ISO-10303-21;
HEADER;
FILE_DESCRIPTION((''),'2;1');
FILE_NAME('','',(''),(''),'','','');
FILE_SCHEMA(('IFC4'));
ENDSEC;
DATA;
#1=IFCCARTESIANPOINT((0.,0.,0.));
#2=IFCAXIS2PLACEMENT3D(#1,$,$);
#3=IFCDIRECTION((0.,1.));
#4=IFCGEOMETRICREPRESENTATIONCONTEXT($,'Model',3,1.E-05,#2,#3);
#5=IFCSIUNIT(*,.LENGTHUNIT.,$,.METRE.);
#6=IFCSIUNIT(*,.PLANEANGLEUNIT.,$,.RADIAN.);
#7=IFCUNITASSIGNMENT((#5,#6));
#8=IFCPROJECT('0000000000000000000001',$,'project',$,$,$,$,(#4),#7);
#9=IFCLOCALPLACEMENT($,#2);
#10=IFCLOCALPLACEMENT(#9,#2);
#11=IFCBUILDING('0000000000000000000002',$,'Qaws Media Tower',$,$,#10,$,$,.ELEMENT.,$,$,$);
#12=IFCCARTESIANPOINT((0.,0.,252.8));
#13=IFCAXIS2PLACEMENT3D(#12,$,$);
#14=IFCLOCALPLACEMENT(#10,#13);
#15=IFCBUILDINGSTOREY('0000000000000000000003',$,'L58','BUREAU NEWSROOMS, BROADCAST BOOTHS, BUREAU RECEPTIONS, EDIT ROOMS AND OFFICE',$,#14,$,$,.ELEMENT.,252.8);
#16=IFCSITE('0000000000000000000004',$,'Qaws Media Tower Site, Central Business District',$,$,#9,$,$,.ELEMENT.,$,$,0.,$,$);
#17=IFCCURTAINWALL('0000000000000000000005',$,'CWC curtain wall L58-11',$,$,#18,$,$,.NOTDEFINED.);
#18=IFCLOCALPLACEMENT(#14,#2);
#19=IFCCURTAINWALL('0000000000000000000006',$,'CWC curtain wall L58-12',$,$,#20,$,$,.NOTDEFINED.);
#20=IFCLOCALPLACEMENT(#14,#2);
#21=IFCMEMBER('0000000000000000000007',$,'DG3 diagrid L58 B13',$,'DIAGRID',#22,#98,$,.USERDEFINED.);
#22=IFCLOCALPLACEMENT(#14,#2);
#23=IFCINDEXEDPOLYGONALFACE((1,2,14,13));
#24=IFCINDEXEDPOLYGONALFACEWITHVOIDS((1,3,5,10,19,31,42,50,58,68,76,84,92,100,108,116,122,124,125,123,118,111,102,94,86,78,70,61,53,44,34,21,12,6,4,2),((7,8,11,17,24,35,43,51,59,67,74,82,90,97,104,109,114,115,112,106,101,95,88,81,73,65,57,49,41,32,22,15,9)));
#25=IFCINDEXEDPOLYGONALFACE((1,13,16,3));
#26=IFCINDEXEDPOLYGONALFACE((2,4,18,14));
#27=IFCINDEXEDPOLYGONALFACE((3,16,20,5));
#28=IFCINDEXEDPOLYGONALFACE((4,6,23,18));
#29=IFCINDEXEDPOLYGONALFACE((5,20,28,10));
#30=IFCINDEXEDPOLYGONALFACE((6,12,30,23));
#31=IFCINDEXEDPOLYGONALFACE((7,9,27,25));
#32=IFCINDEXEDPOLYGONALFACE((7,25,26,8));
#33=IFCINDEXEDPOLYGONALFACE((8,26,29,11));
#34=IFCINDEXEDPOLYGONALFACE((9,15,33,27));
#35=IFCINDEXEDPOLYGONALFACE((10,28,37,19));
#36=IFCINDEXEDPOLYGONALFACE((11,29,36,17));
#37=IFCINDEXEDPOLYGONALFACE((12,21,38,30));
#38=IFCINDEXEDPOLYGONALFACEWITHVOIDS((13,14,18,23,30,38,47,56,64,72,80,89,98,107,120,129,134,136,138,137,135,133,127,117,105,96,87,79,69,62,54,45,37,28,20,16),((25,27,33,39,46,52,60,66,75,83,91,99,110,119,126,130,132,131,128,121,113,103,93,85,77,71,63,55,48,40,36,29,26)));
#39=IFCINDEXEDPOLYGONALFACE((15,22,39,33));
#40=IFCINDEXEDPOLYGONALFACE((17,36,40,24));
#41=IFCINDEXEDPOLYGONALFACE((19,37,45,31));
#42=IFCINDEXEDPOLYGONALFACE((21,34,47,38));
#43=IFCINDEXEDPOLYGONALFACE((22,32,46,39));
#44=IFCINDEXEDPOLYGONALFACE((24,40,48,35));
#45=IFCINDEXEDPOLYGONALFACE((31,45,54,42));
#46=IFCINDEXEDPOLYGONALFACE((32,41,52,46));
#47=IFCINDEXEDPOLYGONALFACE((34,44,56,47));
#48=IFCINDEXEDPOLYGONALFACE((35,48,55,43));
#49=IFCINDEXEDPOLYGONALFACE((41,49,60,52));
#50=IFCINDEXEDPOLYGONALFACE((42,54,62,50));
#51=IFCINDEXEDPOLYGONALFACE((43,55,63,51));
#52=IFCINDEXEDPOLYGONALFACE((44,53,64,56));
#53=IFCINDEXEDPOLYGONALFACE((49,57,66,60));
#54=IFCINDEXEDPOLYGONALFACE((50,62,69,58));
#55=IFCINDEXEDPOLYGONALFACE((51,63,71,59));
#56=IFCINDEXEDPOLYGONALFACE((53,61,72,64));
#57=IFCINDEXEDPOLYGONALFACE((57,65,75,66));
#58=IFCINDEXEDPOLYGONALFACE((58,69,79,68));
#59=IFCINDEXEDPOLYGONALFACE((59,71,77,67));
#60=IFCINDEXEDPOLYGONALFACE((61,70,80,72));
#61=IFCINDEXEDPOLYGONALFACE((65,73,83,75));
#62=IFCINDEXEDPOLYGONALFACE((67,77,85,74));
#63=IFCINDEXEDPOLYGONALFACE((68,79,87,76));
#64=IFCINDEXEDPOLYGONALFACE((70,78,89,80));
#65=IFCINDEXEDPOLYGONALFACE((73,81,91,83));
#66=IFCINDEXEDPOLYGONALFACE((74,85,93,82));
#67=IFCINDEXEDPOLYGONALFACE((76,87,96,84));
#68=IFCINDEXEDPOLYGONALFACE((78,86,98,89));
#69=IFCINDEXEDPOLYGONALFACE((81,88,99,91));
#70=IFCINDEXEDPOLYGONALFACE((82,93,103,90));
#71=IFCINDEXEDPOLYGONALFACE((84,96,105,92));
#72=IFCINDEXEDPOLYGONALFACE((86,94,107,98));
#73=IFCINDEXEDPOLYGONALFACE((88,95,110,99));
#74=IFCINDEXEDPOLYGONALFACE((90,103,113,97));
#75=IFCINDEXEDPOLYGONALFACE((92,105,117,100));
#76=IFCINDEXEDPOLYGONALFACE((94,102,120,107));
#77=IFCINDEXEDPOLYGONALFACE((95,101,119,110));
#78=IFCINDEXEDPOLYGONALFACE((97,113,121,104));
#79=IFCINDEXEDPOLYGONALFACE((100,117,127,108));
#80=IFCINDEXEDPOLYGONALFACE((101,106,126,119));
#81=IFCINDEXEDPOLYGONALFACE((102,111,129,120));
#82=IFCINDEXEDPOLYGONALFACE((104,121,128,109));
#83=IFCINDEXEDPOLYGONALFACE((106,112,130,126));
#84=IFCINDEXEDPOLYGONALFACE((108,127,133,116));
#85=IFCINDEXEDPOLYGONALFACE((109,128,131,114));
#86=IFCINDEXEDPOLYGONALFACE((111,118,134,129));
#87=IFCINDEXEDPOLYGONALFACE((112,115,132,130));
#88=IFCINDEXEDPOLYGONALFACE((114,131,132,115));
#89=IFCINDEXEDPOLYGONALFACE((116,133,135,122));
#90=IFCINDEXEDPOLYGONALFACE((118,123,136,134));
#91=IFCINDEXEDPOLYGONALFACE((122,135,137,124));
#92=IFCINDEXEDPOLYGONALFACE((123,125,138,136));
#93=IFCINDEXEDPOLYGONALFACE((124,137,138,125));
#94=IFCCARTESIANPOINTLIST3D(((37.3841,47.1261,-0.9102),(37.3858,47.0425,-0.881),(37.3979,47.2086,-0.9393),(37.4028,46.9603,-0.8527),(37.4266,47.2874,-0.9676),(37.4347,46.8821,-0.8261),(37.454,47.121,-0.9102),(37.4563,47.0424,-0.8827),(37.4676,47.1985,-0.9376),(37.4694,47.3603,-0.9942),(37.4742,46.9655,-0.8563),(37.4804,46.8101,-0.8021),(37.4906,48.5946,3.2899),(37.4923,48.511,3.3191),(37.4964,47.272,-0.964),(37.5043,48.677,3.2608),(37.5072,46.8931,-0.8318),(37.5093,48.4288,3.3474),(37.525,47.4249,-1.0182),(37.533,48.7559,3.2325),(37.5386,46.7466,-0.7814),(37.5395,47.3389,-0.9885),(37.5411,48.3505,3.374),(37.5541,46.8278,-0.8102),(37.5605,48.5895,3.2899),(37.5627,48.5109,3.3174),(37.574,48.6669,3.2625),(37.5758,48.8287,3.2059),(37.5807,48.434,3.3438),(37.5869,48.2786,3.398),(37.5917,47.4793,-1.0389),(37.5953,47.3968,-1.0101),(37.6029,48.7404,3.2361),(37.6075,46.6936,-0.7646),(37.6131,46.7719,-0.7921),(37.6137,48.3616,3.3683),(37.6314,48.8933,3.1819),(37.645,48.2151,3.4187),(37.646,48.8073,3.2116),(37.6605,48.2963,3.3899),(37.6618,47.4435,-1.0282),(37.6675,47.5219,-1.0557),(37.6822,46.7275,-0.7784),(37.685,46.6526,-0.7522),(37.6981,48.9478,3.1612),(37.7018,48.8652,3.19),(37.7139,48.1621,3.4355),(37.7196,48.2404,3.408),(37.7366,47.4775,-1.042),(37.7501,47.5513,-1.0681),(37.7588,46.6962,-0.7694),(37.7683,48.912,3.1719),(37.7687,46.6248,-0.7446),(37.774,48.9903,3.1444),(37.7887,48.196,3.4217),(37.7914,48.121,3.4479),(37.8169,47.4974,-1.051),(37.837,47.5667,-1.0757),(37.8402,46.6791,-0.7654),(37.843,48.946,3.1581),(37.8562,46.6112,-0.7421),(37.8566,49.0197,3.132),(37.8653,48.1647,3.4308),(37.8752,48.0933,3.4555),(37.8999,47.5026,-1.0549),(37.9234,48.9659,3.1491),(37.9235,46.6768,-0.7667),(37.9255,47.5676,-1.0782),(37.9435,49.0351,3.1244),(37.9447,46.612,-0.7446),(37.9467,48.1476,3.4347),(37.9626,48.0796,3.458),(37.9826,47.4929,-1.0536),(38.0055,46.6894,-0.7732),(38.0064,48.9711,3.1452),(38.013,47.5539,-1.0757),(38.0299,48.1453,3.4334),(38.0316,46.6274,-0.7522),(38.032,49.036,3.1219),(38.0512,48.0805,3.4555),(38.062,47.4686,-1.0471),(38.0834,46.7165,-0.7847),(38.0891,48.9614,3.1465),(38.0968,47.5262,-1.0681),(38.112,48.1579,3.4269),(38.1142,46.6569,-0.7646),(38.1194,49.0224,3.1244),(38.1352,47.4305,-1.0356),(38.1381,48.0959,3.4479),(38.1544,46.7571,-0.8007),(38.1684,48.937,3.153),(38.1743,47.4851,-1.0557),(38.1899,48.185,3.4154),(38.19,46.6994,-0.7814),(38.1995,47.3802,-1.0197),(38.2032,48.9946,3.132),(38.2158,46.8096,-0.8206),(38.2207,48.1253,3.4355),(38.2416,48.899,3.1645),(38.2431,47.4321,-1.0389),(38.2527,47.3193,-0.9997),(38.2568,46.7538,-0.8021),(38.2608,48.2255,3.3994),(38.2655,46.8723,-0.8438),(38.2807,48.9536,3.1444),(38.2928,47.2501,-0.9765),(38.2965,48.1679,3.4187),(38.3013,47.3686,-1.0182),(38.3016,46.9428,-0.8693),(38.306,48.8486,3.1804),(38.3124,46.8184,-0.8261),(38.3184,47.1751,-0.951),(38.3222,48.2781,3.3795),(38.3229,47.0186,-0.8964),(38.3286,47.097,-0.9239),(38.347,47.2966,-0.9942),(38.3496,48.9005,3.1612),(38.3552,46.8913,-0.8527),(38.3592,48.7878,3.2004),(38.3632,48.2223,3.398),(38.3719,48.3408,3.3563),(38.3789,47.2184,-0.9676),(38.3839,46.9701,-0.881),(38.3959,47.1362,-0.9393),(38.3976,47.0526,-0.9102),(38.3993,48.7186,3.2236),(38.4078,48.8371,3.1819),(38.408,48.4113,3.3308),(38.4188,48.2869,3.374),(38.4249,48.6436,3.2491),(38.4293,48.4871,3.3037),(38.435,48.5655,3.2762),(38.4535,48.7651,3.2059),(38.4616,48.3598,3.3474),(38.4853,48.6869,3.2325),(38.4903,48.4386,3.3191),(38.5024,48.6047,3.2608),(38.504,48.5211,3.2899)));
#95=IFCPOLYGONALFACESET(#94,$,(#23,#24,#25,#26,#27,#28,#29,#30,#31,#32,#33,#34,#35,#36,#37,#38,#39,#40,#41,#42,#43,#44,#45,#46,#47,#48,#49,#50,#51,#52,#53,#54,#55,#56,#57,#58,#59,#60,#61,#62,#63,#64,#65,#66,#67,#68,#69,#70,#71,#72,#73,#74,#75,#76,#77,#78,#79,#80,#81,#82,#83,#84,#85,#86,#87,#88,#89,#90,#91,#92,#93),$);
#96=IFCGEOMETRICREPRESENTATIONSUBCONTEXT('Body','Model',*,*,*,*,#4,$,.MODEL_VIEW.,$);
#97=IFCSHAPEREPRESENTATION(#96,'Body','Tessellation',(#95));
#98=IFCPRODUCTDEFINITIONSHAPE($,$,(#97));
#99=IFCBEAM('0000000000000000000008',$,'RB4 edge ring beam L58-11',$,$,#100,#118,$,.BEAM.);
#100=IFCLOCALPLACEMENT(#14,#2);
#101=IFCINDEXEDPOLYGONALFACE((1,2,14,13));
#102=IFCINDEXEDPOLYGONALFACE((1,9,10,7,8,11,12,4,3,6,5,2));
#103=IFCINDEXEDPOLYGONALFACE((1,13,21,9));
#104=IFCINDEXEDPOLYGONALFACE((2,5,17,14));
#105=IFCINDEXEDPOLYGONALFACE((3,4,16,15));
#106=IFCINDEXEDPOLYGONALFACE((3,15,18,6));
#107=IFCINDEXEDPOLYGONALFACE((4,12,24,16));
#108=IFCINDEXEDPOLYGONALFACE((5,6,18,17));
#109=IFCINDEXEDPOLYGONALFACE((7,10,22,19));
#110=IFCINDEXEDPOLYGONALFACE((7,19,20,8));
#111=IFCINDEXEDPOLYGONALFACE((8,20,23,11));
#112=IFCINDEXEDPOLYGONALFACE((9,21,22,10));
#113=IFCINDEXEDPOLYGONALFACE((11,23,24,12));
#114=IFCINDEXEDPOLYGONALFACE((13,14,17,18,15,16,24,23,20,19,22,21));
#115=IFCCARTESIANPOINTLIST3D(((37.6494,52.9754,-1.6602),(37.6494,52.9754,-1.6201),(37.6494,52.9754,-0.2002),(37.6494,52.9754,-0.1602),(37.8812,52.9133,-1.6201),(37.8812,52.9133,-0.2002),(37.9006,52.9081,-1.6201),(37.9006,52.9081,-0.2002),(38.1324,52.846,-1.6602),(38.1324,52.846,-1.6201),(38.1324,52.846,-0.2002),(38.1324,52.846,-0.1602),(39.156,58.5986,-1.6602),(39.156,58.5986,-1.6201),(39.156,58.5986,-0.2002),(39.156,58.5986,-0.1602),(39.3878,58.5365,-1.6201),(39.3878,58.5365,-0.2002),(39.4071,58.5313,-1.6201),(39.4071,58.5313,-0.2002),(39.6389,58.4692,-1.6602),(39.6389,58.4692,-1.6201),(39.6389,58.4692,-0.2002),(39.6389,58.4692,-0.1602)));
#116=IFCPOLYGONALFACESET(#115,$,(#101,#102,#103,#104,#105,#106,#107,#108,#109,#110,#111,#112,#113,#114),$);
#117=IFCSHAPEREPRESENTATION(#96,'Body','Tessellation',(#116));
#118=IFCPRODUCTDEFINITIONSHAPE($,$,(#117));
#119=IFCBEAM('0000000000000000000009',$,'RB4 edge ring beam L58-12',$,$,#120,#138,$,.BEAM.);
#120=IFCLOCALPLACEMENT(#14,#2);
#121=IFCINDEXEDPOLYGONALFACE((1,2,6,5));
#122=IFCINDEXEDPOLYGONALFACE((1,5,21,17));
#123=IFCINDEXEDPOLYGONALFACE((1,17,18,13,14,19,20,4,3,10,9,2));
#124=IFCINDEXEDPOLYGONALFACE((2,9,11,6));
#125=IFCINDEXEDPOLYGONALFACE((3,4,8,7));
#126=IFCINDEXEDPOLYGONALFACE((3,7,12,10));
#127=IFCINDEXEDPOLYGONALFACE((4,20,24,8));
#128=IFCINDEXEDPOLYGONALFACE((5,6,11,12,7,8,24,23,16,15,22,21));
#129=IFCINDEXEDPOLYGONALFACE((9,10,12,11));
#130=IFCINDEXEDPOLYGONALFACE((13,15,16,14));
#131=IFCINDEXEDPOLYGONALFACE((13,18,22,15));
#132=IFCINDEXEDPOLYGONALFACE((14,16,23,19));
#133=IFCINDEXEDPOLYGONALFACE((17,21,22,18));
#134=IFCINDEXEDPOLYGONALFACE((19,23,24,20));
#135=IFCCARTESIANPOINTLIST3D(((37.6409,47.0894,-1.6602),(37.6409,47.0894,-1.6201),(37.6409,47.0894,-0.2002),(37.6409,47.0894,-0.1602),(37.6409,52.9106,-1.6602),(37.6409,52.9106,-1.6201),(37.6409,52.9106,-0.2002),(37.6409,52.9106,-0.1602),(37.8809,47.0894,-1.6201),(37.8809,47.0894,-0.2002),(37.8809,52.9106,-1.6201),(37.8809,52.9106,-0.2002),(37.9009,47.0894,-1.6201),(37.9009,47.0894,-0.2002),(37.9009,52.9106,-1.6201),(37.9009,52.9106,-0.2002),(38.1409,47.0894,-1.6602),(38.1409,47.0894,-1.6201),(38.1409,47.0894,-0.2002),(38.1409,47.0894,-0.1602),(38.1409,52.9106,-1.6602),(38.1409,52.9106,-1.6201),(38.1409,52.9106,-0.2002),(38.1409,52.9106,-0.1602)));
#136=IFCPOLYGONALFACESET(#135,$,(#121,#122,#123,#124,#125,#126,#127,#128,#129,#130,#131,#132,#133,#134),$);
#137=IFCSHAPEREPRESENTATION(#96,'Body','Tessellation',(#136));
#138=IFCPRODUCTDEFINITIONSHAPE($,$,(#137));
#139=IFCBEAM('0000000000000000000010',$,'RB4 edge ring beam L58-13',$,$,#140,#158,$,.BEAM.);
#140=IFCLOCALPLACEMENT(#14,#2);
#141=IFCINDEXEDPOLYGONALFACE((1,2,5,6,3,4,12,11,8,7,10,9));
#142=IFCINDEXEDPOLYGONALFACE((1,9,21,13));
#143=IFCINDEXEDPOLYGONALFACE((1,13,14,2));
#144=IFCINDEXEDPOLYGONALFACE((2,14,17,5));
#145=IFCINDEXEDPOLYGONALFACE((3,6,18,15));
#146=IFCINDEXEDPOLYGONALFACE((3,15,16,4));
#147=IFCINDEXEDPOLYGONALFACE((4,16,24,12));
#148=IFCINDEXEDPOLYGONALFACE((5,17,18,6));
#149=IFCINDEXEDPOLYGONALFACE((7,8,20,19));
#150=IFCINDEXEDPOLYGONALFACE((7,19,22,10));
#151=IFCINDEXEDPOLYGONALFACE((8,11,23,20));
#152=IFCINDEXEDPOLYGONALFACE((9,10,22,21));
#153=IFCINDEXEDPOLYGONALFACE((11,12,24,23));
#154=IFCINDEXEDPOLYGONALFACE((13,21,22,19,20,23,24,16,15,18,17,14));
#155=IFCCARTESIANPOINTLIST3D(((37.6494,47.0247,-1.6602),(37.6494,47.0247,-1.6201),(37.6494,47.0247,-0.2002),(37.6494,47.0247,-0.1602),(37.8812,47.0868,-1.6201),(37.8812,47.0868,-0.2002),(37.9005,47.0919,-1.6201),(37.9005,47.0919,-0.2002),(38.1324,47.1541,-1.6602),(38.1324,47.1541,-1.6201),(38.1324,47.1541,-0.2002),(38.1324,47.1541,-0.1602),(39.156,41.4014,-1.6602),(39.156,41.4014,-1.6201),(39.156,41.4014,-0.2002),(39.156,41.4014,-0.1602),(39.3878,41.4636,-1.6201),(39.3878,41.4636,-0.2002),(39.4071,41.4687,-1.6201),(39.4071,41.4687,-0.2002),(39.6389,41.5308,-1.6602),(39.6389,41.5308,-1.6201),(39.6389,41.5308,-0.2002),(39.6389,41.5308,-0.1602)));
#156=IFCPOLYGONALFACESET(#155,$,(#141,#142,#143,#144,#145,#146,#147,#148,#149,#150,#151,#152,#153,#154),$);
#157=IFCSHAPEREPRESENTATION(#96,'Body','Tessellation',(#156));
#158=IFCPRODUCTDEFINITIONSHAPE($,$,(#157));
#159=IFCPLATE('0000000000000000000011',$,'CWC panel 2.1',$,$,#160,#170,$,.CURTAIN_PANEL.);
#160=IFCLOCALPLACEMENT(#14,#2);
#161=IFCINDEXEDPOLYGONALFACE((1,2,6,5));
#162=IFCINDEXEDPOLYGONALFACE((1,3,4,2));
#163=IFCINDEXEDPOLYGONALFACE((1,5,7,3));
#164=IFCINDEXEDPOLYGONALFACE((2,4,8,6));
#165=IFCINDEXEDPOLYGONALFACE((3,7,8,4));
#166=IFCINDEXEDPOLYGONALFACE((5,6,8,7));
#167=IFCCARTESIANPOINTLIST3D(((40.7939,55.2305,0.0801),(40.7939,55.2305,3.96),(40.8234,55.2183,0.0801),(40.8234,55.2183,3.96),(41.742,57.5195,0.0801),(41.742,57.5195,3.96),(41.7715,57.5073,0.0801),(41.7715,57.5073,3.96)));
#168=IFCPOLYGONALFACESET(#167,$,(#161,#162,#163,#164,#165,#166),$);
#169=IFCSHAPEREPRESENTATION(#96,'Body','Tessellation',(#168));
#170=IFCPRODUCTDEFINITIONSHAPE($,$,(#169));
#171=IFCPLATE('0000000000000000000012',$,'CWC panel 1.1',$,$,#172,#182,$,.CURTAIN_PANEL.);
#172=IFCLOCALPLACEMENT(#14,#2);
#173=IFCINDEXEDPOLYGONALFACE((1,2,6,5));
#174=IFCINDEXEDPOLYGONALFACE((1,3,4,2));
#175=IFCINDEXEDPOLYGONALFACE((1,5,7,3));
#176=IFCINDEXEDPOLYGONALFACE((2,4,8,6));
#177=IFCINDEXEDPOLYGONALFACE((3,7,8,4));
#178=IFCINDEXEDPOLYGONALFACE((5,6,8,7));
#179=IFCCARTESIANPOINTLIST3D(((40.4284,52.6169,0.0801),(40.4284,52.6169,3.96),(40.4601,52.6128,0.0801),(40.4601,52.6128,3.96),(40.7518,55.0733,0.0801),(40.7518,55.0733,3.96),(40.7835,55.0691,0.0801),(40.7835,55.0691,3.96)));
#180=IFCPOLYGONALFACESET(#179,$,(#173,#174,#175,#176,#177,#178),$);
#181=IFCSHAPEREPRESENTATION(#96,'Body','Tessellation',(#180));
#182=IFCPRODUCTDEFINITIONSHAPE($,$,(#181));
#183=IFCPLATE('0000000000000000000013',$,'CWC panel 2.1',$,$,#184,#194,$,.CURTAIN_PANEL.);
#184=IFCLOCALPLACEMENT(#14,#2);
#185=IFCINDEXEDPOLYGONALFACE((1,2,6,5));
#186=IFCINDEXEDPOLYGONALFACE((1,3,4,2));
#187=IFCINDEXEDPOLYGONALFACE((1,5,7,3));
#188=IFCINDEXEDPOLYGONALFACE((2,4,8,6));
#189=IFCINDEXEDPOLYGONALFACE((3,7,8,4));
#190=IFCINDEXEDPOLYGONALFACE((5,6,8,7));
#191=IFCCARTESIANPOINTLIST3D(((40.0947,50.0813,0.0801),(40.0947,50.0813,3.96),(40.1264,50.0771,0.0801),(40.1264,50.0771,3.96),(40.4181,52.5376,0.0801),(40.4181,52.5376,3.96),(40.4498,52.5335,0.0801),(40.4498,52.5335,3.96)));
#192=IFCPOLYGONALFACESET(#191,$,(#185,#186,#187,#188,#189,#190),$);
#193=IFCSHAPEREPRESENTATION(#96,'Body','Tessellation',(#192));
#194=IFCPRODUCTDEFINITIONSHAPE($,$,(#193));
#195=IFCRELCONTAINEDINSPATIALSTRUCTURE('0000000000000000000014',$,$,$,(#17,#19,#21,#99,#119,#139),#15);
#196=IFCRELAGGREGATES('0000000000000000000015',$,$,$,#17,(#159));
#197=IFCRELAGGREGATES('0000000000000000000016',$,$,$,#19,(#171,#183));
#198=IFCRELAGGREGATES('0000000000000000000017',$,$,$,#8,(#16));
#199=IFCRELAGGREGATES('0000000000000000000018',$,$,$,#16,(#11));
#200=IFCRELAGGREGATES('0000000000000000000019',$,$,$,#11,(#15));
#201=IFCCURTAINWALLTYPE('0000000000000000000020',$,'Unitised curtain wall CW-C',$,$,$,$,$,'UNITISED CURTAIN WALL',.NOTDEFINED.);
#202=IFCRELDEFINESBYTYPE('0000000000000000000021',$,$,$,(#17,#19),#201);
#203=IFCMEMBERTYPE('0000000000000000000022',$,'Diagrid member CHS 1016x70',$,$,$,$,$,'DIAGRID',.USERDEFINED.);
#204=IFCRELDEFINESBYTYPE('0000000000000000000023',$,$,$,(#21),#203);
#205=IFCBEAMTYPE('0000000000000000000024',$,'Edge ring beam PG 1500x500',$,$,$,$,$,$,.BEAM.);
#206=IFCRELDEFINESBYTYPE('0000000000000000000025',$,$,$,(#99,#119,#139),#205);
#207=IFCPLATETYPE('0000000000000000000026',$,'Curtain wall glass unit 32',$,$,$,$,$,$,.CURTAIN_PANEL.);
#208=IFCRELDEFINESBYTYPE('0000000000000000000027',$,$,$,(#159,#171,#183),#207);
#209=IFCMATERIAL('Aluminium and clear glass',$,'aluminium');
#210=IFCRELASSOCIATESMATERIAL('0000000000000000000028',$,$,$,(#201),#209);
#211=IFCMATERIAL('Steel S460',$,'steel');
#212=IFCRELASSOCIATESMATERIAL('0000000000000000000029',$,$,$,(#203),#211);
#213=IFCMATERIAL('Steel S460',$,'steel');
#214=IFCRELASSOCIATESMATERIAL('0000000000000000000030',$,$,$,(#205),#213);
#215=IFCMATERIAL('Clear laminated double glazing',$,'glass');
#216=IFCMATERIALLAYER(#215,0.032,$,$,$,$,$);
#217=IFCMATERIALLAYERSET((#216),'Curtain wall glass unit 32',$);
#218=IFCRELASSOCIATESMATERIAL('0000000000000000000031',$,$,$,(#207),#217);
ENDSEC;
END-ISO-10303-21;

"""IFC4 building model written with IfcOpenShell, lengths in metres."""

from ifc_helpers import new_model, si_unit, direction, frame, origin, origin_2d, place, context, subcontext, project, spatial, rectangle, hollow_circle, i_section, extrude, material, layer, layer_set, material_profile, profile_set, type_object, element, aggregate, save


model = new_model("IFC4")

# Units and contexts
model_context = context("Model", 3, precision=1e-05, world=origin(), true_north=direction((0.0, 1.0)))
body_context = subcontext(model_context, "Body", "Model", "MODEL_VIEW")
ifc_project = project(units=[si_unit("LENGTHUNIT", "METRE"), si_unit("PLANEANGLEUNIT", "RADIAN")], contexts=[model_context])

# Site, building, storey
site_placement = place(None, origin())
site = spatial("IfcSite", under=ifc_project, at=site_placement, Name="Qaws Media Tower Site, Central Business District", CompositionType="ELEMENT", RefElevation=0.0)
building_placement = place(site_placement, origin())
building = spatial("IfcBuilding", under=site, at=building_placement, Name="Qaws Media Tower", CompositionType="ELEMENT")
storey_placement = place(building_placement, frame((0.0, 0.0, 252.8)))
storey = spatial("IfcBuildingStorey", under=building, at=storey_placement, Name="L58", Description="BUREAU NEWSROOMS, BROADCAST BOOTHS, BUREAU RECEPTIONS, EDIT ROOMS AND OFFICE", CompositionType="ELEMENT", Elevation=252.8)

# Curtain walls
ifc_material_1 = material(Name="Aluminium and clear glass", Category="aluminium")
curtain_wall_type = type_object("IfcCurtainWallType", Name="Unitised curtain wall CW-C", ElementType="UNITISED CURTAIN WALL", PredefinedType="NOTDEFINED", material=ifc_material_1)
curtain_wall_1_placement = place(storey_placement, origin())
curtain_wall_1 = element("IfcCurtainWall", 1, at=curtain_wall_1_placement, inside=storey, type_object=curtain_wall_type, Name="CWC curtain wall L58-11", PredefinedType="NOTDEFINED")
curtain_wall_2_placement = place(storey_placement, origin())
curtain_wall_2 = element("IfcCurtainWall", 2, at=curtain_wall_2_placement, inside=storey, type_object=curtain_wall_type, Name="CWC curtain wall L58-12", PredefinedType="NOTDEFINED")

# Member
ifc_material_2 = material(Name="Steel S460", Category="steel")
ifc_material_profile_1 = material_profile(ifc_material_2, hollow_circle(Radius=0.5081, WallThickness=0.0701, at=origin_2d()), Name="CHS 1016x70")
ifc_profile_set_1 = profile_set([ifc_material_profile_1], Name="Steel S460")
member_type_1 = type_object("IfcMemberType", Name="Diagrid member CHS 1016x70", ElementType="DIAGRID", PredefinedType="USERDEFINED", material=ifc_profile_set_1)
member_1_placement = place(storey_placement, frame((37.8909, 47.0894, -0.9102), z_axis=(0.023916, 0.329943, 0.943698), x_axis=(-0.997383, 0.072296, 0.0)))
element("IfcMember", 3, at=member_1_placement, inside=storey, type_object=member_type_1, Name="DG3 diagrid L58 B13", ObjectType="DIAGRID", PredefinedType="USERDEFINED", context=body_context, shape_type="SweptSolid", body=[
    extrude(hollow_circle(Radius=0.5081, WallThickness=0.0701, at=origin_2d()), origin(), (0.0, 0.0, 1.0), 4.4507),
])

# Beams
ifc_material_3 = material(Name="Steel S460", Category="steel")
ifc_material_profile_2 = material_profile(ifc_material_3, i_section(OverallWidth=0.5, OverallDepth=1.5, WebThickness=0.02, FlangeThickness=0.04, at=origin_2d()), Name="PG 1500x500")
ifc_profile_set_2 = profile_set([ifc_material_profile_2], Name="Steel S460")
beam_type = type_object("IfcBeamType", Name="Edge ring beam PG 1500x500", PredefinedType="BEAM", material=ifc_profile_set_2)
beam_1_placement = place(storey_placement, frame((39.3975, 58.5339, -0.9102), z_axis=(-0.258793, -0.965933, 0.0), x_axis=(0.965933, -0.258793, 0.0)))
element("IfcBeam", 4, at=beam_1_placement, inside=storey, type_object=beam_type, Name="RB4 edge ring beam L58-11", PredefinedType="BEAM", context=body_context, shape_type="SweptSolid", body=[
    extrude(i_section(OverallWidth=0.5, OverallDepth=1.5, WebThickness=0.02, FlangeThickness=0.04, at=origin_2d()), origin(), (0.0, 0.0, 1.0), 5.8215),
])
beam_2_placement = place(storey_placement, frame((37.8909, 52.9106, -0.9102), z_axis=(0.0, -1.0, 0.0), x_axis=(1.0, 0.0, 0.0)))
element("IfcBeam", 5, at=beam_2_placement, inside=storey, type_object=beam_type, Name="RB4 edge ring beam L58-12", PredefinedType="BEAM", context=body_context, shape_type="SweptSolid", body=[
    extrude(i_section(OverallWidth=0.5, OverallDepth=1.5, WebThickness=0.02, FlangeThickness=0.04, at=origin_2d()), origin(), (0.0, 0.0, 1.0), 5.8213),
])
beam_3_placement = place(storey_placement, frame((37.8909, 47.0894, -0.9102), z_axis=(0.258793, -0.965933, 0.0), x_axis=(0.965933, 0.258793, 0.0)))
element("IfcBeam", 6, at=beam_3_placement, inside=storey, type_object=beam_type, Name="RB4 edge ring beam L58-13", PredefinedType="BEAM", context=body_context, shape_type="SweptSolid", body=[
    extrude(i_section(OverallWidth=0.5, OverallDepth=1.5, WebThickness=0.02, FlangeThickness=0.04, at=origin_2d()), origin(), (0.0, 0.0, 1.0), 5.8215),
])

# Plates
ifc_material_4 = material(Name="Clear laminated double glazing", Category="glass")
ifc_layer_1 = layer(ifc_material_4, 0.032)
ifc_layer_set_1 = layer_set([ifc_layer_1], Name="Curtain wall glass unit 32")
plate_type_1 = type_object("IfcPlateType", Name="Curtain wall glass unit 32", PredefinedType="CURTAIN_PANEL", material=ifc_layer_set_1)
plate_1_placement = place(storey_placement, frame((41.2827, 56.3689, 0.0801), z_axis=(0.0, 0.0, 1.0), x_axis=(-0.382683, -0.92388, 0.0)))
plate_1 = element("IfcPlate", 7, at=plate_1_placement, type_object=plate_type_1, Name="CWC panel 2.1", PredefinedType="CURTAIN_PANEL", context=body_context, shape_type="SweptSolid", body=[
    extrude(rectangle(XDim=2.4775, YDim=0.032, at=origin_2d()), origin(), (0.0, 0.0, 1.0), 3.8799),
])
aggregate(curtain_wall_1, [plate_1])
plate_2_placement = place(storey_placement, frame((40.606, 53.843, 0.0801), z_axis=(0.0, 0.0, 1.0), x_axis=(-0.130526, -0.991445, 0.0)))
plate_2 = element("IfcPlate", 8, at=plate_2_placement, type_object=plate_type_1, Name="CWC panel 1.1", PredefinedType="CURTAIN_PANEL", context=body_context, shape_type="SweptSolid", body=[
    extrude(rectangle(XDim=2.4775, YDim=0.032, at=origin_2d()), origin(), (0.0, 0.0, 1.0), 3.8799),
])
plate_3_placement = place(storey_placement, frame((40.2722, 51.3074, 0.0801), z_axis=(0.0, 0.0, 1.0), x_axis=(-0.130526, -0.991445, 0.0)))
plate_3 = element("IfcPlate", 9, at=plate_3_placement, type_object=plate_type_1, Name="CWC panel 2.1", PredefinedType="CURTAIN_PANEL", context=body_context, shape_type="SweptSolid", body=[
    extrude(rectangle(XDim=2.4775, YDim=0.032, at=origin_2d()), origin(), (0.0, 0.0, 1.0), 3.8799),
])
aggregate(curtain_wall_2, [plate_2, plate_3])

save(model, "model.ifc")
